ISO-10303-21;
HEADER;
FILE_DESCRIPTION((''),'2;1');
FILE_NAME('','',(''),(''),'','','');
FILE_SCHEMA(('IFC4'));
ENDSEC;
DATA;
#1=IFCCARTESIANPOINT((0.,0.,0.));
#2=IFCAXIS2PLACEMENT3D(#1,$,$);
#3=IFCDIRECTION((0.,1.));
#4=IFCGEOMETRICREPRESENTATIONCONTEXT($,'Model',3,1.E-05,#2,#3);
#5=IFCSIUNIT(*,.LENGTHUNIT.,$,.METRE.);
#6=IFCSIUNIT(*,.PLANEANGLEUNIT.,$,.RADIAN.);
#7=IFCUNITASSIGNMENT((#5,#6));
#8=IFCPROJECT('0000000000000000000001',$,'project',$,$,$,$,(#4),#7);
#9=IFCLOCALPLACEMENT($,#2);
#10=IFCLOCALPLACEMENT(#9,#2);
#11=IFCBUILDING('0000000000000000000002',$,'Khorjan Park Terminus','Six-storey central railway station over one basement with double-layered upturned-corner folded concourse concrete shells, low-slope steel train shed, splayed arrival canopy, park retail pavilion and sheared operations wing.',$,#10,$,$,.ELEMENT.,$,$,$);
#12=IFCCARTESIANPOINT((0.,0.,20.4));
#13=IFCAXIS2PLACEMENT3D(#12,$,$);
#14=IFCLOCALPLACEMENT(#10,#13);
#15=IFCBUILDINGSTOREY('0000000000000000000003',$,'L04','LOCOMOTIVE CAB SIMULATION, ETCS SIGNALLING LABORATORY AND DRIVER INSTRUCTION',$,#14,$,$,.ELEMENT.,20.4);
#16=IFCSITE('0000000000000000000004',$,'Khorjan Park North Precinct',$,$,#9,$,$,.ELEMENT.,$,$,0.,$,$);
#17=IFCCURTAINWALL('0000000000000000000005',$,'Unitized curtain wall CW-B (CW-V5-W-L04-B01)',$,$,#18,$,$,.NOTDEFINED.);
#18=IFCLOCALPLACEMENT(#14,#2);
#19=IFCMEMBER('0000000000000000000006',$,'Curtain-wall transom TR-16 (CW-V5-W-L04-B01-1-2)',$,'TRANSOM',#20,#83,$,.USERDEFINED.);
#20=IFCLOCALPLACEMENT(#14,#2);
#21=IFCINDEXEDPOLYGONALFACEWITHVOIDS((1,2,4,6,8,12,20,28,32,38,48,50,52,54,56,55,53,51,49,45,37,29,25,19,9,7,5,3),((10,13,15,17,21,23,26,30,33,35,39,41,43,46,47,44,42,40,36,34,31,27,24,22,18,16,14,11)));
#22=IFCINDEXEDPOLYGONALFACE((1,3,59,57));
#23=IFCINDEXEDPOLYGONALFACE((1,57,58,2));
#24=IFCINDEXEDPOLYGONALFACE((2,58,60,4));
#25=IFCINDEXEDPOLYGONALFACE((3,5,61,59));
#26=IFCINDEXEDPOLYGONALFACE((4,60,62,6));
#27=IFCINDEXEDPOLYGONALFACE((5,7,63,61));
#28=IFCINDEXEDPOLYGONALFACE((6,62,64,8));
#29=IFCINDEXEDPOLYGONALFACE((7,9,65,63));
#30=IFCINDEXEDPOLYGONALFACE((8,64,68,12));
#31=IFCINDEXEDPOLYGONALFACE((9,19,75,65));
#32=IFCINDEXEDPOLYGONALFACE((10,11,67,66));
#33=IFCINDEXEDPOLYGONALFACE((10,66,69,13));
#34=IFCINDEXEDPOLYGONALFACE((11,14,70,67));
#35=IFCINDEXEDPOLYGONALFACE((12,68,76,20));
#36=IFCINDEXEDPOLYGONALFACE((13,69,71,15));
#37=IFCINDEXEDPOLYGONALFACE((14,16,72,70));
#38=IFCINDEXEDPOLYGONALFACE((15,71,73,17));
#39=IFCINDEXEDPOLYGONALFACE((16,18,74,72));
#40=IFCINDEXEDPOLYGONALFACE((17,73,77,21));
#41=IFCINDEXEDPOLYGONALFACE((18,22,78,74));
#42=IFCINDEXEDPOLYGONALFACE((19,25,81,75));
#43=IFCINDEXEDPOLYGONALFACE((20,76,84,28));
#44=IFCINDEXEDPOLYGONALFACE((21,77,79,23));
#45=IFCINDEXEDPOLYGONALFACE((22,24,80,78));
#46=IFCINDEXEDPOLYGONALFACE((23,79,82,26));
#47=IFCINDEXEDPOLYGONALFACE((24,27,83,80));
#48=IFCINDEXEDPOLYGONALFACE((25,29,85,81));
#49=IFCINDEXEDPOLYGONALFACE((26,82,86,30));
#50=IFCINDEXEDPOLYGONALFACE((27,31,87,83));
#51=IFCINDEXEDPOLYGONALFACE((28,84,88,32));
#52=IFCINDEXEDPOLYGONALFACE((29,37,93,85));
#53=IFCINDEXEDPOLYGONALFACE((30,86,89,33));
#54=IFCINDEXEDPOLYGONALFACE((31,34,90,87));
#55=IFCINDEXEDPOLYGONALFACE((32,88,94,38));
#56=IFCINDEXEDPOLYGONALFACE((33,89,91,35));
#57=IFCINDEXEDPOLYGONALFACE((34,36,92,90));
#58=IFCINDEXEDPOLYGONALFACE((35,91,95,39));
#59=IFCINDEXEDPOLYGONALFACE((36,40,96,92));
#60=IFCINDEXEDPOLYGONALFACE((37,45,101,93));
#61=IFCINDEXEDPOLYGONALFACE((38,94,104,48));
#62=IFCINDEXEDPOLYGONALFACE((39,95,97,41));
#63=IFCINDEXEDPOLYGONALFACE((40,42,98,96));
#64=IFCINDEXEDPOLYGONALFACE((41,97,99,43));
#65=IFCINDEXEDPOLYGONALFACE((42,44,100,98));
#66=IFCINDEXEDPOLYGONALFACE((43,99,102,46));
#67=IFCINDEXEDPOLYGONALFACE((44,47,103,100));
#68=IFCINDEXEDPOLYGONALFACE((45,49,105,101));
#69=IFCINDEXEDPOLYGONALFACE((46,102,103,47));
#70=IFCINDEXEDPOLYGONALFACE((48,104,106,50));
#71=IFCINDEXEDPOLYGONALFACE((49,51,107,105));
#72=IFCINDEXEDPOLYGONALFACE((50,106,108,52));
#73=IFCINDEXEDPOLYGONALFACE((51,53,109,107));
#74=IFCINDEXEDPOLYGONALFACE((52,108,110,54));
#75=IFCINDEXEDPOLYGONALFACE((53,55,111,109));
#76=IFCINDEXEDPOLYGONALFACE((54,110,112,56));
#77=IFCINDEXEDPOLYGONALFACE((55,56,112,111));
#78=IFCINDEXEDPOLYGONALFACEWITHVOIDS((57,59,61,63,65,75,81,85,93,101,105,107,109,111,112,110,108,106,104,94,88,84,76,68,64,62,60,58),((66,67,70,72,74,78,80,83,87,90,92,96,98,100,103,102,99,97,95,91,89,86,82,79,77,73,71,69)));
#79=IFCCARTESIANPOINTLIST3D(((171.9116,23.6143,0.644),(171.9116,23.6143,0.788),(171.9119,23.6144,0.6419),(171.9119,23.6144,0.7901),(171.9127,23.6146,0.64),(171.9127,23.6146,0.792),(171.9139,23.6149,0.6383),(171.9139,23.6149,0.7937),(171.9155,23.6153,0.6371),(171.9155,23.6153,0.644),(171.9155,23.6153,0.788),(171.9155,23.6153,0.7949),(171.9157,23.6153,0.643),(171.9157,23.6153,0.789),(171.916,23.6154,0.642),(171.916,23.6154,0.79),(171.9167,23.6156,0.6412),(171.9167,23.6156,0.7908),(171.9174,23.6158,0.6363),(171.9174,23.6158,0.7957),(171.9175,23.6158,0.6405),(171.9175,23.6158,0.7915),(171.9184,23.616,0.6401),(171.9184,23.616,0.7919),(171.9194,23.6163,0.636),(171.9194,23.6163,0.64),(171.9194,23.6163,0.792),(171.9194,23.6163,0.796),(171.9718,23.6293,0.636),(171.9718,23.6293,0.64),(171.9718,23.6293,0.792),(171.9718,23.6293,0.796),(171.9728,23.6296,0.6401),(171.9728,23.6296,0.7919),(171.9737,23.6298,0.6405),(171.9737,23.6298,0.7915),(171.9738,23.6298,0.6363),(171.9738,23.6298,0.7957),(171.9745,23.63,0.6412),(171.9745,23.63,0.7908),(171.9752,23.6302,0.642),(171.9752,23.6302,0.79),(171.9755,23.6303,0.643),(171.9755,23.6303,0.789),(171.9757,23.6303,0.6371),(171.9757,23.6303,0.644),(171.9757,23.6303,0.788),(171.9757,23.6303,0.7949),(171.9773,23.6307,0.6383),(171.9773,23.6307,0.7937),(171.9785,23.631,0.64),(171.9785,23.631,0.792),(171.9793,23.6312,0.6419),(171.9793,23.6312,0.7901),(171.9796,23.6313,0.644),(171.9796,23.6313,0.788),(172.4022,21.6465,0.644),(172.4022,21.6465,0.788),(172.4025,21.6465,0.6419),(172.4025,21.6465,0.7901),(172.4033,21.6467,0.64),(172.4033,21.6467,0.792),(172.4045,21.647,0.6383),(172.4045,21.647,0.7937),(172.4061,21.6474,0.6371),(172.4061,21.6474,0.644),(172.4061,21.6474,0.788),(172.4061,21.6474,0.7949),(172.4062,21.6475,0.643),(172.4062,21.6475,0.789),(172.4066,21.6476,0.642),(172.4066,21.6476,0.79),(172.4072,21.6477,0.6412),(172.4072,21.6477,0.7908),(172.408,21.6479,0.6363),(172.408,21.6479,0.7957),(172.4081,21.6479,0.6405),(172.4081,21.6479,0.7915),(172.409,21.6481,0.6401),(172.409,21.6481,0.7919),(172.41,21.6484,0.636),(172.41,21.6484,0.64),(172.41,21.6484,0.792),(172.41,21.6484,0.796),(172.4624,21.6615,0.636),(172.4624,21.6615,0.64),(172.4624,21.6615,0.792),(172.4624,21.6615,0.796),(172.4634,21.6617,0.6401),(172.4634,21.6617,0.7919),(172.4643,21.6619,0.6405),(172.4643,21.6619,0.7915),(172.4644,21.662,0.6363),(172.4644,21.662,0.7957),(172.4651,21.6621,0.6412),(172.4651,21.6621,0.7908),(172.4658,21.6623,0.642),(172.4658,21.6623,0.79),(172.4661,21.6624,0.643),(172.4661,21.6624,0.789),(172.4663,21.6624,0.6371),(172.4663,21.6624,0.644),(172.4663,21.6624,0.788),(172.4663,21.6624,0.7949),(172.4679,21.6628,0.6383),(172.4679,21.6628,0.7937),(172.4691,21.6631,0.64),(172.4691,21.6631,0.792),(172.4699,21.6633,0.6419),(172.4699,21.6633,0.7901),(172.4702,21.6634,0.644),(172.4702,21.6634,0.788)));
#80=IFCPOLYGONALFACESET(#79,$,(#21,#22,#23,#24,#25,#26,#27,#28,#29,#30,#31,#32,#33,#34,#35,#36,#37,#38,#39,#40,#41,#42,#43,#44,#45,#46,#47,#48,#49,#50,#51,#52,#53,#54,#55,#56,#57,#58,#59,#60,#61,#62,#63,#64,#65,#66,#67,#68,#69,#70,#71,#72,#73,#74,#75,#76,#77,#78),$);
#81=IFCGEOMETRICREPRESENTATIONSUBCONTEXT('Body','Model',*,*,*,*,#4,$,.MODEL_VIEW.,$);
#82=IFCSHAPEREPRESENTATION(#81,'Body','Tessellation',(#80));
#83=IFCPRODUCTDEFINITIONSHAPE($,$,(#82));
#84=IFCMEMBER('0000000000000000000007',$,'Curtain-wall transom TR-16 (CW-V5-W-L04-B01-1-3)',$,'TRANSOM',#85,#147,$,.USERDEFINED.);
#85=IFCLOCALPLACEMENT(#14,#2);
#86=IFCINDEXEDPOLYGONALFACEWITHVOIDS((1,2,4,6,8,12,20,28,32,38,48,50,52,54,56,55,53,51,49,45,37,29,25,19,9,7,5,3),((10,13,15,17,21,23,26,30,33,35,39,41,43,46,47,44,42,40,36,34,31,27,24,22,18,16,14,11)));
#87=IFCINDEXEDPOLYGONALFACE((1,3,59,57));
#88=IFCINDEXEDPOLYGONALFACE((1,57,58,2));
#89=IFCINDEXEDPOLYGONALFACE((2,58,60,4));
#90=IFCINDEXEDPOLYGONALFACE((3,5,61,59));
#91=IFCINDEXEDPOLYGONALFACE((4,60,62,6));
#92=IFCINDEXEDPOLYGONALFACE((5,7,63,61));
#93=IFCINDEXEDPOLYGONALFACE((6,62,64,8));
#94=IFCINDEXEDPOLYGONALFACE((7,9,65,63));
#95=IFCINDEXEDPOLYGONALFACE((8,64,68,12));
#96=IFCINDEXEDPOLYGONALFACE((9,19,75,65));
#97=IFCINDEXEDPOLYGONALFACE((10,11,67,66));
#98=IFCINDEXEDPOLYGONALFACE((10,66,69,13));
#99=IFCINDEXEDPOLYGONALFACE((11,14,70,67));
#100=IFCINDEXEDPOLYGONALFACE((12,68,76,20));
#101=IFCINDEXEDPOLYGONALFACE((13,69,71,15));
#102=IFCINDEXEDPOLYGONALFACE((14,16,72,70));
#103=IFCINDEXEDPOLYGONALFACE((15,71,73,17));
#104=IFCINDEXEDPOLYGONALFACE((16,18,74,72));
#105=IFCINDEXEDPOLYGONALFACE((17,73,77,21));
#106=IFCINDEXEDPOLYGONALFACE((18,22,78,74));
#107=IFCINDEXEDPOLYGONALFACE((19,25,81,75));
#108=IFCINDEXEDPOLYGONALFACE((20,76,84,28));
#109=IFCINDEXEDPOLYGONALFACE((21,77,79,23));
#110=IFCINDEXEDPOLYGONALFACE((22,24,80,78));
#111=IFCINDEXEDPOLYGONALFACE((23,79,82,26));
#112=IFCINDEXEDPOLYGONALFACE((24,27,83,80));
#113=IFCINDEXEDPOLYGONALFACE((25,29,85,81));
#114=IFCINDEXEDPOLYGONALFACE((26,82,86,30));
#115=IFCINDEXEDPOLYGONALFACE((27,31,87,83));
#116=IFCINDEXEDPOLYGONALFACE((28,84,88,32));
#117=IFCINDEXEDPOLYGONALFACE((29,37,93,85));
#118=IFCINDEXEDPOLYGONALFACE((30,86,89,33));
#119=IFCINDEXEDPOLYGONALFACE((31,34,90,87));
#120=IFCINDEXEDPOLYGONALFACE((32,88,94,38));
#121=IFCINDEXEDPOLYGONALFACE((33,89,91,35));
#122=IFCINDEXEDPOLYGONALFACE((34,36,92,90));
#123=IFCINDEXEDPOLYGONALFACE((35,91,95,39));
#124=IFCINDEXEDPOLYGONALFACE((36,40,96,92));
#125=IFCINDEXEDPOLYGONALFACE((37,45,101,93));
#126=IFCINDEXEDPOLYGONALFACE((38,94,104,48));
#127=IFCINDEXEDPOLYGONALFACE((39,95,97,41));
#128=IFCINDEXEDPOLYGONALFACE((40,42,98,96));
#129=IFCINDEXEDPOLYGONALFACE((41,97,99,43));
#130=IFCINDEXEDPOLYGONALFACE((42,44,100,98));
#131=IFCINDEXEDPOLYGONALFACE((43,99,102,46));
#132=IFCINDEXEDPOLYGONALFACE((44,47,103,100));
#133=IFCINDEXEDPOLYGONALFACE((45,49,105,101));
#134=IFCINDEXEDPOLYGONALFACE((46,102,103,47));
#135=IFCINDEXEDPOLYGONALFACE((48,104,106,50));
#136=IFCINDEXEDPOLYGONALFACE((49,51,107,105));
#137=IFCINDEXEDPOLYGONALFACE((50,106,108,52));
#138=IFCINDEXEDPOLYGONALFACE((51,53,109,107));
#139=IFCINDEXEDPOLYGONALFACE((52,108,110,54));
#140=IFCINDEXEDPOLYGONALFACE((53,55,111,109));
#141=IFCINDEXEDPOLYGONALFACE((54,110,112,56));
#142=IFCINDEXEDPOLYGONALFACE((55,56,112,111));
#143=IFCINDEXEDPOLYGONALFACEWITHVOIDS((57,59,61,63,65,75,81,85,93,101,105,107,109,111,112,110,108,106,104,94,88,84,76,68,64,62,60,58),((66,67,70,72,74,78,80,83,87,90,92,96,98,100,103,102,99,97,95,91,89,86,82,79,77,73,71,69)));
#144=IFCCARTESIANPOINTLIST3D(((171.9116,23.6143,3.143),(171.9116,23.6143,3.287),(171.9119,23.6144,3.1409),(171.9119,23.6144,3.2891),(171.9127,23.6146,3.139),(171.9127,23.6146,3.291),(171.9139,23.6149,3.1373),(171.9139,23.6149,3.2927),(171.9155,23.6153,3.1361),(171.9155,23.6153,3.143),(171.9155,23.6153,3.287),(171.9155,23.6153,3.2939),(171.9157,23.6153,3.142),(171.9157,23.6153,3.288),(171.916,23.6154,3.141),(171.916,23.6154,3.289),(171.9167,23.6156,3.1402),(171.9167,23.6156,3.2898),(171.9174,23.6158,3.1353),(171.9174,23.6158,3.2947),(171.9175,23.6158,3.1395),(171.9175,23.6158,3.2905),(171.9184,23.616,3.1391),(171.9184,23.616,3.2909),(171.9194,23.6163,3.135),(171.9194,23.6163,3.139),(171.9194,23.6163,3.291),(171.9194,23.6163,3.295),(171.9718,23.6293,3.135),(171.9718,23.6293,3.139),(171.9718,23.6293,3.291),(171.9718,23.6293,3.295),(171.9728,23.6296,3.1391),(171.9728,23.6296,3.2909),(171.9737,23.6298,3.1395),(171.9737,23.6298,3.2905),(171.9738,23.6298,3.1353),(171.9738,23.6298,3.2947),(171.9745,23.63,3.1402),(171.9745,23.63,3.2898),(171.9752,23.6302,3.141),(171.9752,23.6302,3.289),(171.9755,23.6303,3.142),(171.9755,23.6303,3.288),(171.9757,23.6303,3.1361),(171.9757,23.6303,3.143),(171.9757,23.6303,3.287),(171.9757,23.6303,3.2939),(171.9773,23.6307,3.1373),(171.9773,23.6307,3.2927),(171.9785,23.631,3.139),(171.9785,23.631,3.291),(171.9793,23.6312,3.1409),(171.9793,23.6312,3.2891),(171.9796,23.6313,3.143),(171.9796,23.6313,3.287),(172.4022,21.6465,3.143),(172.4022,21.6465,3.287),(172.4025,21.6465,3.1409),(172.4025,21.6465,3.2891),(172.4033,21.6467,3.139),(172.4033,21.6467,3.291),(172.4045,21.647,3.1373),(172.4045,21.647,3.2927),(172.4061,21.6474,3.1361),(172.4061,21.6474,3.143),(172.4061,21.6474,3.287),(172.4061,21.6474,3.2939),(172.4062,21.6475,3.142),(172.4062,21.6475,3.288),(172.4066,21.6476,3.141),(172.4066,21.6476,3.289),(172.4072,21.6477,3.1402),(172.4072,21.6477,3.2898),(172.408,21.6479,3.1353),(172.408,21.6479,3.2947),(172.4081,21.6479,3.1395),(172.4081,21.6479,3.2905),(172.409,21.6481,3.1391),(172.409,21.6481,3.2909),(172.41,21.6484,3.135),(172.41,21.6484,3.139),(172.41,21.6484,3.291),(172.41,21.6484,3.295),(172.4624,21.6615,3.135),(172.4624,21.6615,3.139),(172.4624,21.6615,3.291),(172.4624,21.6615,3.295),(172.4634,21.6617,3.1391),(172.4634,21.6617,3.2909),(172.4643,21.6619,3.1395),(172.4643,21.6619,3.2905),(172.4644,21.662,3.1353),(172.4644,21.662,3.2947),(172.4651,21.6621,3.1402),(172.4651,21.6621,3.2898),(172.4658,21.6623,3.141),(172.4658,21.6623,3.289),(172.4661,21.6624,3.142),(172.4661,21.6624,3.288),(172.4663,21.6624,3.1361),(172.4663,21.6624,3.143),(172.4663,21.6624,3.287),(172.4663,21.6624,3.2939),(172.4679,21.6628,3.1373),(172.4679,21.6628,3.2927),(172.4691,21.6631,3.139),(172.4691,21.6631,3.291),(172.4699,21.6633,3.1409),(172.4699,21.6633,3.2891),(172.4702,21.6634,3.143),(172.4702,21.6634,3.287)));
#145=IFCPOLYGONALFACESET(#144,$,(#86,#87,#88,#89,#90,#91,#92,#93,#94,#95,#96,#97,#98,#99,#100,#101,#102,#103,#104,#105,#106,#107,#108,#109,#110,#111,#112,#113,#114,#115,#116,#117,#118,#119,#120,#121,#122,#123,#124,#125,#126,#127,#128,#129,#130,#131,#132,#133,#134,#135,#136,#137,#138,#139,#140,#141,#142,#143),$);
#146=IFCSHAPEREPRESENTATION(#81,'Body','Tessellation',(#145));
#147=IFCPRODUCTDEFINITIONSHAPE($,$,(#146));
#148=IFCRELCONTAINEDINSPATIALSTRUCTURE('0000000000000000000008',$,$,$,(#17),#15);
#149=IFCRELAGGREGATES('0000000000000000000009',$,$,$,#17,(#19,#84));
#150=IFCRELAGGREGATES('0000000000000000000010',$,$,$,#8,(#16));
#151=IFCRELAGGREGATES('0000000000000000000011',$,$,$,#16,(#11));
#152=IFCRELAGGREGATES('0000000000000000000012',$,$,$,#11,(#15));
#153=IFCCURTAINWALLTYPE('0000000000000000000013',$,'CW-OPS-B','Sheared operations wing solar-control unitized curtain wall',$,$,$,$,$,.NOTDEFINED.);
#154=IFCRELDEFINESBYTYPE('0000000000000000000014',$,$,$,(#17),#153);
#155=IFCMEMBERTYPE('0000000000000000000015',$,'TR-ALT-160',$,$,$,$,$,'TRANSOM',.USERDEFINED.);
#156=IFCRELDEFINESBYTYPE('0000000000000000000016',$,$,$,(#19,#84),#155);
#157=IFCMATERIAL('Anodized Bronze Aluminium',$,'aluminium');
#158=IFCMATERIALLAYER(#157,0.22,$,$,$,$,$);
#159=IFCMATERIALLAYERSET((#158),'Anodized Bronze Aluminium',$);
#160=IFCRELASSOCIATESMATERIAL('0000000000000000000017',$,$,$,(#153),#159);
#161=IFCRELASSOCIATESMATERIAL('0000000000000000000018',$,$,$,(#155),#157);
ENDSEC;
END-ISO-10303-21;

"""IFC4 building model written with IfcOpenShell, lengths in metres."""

from ifc_helpers import new_model, si_unit, direction, frame, origin, origin_2d, place, context, subcontext, project, spatial, hollow_rectangle, extrude, material, layer, layer_set, material_profile, profile_set, type_object, element, aggregate, save


model = new_model("IFC4")

# Units and contexts
model_context = context("Model", 3, precision=1e-05, world=origin(), true_north=direction((0.0, 1.0)))
body_context = subcontext(model_context, "Body", "Model", "MODEL_VIEW")
ifc_project = project(units=[si_unit("LENGTHUNIT", "METRE"), si_unit("PLANEANGLEUNIT", "RADIAN")], contexts=[model_context])

# Site, building, storey
site_placement = place(None, origin())
site = spatial("IfcSite", under=ifc_project, at=site_placement, Name="Khorjan Park North Precinct", CompositionType="ELEMENT", RefElevation=0.0)
building_placement = place(site_placement, origin())
building = spatial("IfcBuilding", under=site, at=building_placement, Name="Khorjan Park Terminus", Description="Six-storey central railway station over one basement with double-layered upturned-corner folded concourse concrete shells, low-slope steel train shed, splayed arrival canopy, park retail pavilion and sheared operations wing.", CompositionType="ELEMENT")
storey_placement = place(building_placement, frame((0.0, 0.0, 20.4)))
storey = spatial("IfcBuildingStorey", under=building, at=storey_placement, Name="L04", Description="LOCOMOTIVE CAB SIMULATION, ETCS SIGNALLING LABORATORY AND DRIVER INSTRUCTION", CompositionType="ELEMENT", Elevation=20.4)

# Shared definitions
ifc_material_1 = material(Name="Anodized Bronze Aluminium", Category="aluminium")
ifc_layer_1 = layer(ifc_material_1, 0.22)
ifc_layer_set_1 = layer_set([ifc_layer_1], Name="Anodized Bronze Aluminium")
curtain_wall_type = type_object("IfcCurtainWallType", Name="CW-OPS-B", Description="Sheared operations wing solar-control unitized curtain wall", PredefinedType="NOTDEFINED", material=ifc_layer_set_1)

# Curtain wall, members
curtain_wall_1_placement = place(storey_placement, origin())
curtain_wall_1 = element("IfcCurtainWall", 1, at=curtain_wall_1_placement, inside=storey, type_object=curtain_wall_type, Name="Unitized curtain wall CW-B (CW-V5-W-L04-B01)", PredefinedType="NOTDEFINED")
ifc_material_profile_1 = material_profile(ifc_material_1, hollow_rectangle(XDim=0.07, YDim=0.16, WallThickness=0.004, InnerFilletRadius=0.004, OuterFilletRadius=0.008, at=origin_2d()), Name="ALT 70x160x4")
ifc_profile_set_1 = profile_set([ifc_material_profile_1], Name="Anodized Bronze Aluminium")
member_type_1 = type_object("IfcMemberType", Name="TR-ALT-160", ElementType="TRANSOM", PredefinedType="USERDEFINED", material=ifc_profile_set_1)
member_1_placement = place(storey_placement, frame((171.9456, 23.6228, 0.716), z_axis=(0.241897, -0.970302, 0.0), x_axis=(0.970302, 0.241897, 0.0)))
member_1 = element("IfcMember", 2, at=member_1_placement, type_object=member_type_1, Name="Curtain-wall transom TR-16 (CW-V5-W-L04-B01-1-2)", ObjectType="TRANSOM", PredefinedType="USERDEFINED", context=body_context, shape_type="SweptSolid", body=[
    extrude(hollow_rectangle(XDim=0.07, YDim=0.16, WallThickness=0.004, InnerFilletRadius=0.004, OuterFilletRadius=0.008, at=origin_2d()), origin(), (0.0, 0.0, 1.0), 2.0281),
])
member_2_placement = place(storey_placement, frame((171.9456, 23.6228, 3.215), z_axis=(0.241897, -0.970302, 0.0), x_axis=(0.970302, 0.241897, 0.0)))
member_2 = element("IfcMember", 3, at=member_2_placement, type_object=member_type_1, Name="Curtain-wall transom TR-16 (CW-V5-W-L04-B01-1-3)", ObjectType="TRANSOM", PredefinedType="USERDEFINED", context=body_context, shape_type="SweptSolid", body=[
    extrude(hollow_rectangle(XDim=0.07, YDim=0.16, WallThickness=0.004, InnerFilletRadius=0.004, OuterFilletRadius=0.008, at=origin_2d()), origin(), (0.0, 0.0, 1.0), 2.0281),
])

aggregate(curtain_wall_1, [member_1, member_2])

save(model, "model.ifc")
